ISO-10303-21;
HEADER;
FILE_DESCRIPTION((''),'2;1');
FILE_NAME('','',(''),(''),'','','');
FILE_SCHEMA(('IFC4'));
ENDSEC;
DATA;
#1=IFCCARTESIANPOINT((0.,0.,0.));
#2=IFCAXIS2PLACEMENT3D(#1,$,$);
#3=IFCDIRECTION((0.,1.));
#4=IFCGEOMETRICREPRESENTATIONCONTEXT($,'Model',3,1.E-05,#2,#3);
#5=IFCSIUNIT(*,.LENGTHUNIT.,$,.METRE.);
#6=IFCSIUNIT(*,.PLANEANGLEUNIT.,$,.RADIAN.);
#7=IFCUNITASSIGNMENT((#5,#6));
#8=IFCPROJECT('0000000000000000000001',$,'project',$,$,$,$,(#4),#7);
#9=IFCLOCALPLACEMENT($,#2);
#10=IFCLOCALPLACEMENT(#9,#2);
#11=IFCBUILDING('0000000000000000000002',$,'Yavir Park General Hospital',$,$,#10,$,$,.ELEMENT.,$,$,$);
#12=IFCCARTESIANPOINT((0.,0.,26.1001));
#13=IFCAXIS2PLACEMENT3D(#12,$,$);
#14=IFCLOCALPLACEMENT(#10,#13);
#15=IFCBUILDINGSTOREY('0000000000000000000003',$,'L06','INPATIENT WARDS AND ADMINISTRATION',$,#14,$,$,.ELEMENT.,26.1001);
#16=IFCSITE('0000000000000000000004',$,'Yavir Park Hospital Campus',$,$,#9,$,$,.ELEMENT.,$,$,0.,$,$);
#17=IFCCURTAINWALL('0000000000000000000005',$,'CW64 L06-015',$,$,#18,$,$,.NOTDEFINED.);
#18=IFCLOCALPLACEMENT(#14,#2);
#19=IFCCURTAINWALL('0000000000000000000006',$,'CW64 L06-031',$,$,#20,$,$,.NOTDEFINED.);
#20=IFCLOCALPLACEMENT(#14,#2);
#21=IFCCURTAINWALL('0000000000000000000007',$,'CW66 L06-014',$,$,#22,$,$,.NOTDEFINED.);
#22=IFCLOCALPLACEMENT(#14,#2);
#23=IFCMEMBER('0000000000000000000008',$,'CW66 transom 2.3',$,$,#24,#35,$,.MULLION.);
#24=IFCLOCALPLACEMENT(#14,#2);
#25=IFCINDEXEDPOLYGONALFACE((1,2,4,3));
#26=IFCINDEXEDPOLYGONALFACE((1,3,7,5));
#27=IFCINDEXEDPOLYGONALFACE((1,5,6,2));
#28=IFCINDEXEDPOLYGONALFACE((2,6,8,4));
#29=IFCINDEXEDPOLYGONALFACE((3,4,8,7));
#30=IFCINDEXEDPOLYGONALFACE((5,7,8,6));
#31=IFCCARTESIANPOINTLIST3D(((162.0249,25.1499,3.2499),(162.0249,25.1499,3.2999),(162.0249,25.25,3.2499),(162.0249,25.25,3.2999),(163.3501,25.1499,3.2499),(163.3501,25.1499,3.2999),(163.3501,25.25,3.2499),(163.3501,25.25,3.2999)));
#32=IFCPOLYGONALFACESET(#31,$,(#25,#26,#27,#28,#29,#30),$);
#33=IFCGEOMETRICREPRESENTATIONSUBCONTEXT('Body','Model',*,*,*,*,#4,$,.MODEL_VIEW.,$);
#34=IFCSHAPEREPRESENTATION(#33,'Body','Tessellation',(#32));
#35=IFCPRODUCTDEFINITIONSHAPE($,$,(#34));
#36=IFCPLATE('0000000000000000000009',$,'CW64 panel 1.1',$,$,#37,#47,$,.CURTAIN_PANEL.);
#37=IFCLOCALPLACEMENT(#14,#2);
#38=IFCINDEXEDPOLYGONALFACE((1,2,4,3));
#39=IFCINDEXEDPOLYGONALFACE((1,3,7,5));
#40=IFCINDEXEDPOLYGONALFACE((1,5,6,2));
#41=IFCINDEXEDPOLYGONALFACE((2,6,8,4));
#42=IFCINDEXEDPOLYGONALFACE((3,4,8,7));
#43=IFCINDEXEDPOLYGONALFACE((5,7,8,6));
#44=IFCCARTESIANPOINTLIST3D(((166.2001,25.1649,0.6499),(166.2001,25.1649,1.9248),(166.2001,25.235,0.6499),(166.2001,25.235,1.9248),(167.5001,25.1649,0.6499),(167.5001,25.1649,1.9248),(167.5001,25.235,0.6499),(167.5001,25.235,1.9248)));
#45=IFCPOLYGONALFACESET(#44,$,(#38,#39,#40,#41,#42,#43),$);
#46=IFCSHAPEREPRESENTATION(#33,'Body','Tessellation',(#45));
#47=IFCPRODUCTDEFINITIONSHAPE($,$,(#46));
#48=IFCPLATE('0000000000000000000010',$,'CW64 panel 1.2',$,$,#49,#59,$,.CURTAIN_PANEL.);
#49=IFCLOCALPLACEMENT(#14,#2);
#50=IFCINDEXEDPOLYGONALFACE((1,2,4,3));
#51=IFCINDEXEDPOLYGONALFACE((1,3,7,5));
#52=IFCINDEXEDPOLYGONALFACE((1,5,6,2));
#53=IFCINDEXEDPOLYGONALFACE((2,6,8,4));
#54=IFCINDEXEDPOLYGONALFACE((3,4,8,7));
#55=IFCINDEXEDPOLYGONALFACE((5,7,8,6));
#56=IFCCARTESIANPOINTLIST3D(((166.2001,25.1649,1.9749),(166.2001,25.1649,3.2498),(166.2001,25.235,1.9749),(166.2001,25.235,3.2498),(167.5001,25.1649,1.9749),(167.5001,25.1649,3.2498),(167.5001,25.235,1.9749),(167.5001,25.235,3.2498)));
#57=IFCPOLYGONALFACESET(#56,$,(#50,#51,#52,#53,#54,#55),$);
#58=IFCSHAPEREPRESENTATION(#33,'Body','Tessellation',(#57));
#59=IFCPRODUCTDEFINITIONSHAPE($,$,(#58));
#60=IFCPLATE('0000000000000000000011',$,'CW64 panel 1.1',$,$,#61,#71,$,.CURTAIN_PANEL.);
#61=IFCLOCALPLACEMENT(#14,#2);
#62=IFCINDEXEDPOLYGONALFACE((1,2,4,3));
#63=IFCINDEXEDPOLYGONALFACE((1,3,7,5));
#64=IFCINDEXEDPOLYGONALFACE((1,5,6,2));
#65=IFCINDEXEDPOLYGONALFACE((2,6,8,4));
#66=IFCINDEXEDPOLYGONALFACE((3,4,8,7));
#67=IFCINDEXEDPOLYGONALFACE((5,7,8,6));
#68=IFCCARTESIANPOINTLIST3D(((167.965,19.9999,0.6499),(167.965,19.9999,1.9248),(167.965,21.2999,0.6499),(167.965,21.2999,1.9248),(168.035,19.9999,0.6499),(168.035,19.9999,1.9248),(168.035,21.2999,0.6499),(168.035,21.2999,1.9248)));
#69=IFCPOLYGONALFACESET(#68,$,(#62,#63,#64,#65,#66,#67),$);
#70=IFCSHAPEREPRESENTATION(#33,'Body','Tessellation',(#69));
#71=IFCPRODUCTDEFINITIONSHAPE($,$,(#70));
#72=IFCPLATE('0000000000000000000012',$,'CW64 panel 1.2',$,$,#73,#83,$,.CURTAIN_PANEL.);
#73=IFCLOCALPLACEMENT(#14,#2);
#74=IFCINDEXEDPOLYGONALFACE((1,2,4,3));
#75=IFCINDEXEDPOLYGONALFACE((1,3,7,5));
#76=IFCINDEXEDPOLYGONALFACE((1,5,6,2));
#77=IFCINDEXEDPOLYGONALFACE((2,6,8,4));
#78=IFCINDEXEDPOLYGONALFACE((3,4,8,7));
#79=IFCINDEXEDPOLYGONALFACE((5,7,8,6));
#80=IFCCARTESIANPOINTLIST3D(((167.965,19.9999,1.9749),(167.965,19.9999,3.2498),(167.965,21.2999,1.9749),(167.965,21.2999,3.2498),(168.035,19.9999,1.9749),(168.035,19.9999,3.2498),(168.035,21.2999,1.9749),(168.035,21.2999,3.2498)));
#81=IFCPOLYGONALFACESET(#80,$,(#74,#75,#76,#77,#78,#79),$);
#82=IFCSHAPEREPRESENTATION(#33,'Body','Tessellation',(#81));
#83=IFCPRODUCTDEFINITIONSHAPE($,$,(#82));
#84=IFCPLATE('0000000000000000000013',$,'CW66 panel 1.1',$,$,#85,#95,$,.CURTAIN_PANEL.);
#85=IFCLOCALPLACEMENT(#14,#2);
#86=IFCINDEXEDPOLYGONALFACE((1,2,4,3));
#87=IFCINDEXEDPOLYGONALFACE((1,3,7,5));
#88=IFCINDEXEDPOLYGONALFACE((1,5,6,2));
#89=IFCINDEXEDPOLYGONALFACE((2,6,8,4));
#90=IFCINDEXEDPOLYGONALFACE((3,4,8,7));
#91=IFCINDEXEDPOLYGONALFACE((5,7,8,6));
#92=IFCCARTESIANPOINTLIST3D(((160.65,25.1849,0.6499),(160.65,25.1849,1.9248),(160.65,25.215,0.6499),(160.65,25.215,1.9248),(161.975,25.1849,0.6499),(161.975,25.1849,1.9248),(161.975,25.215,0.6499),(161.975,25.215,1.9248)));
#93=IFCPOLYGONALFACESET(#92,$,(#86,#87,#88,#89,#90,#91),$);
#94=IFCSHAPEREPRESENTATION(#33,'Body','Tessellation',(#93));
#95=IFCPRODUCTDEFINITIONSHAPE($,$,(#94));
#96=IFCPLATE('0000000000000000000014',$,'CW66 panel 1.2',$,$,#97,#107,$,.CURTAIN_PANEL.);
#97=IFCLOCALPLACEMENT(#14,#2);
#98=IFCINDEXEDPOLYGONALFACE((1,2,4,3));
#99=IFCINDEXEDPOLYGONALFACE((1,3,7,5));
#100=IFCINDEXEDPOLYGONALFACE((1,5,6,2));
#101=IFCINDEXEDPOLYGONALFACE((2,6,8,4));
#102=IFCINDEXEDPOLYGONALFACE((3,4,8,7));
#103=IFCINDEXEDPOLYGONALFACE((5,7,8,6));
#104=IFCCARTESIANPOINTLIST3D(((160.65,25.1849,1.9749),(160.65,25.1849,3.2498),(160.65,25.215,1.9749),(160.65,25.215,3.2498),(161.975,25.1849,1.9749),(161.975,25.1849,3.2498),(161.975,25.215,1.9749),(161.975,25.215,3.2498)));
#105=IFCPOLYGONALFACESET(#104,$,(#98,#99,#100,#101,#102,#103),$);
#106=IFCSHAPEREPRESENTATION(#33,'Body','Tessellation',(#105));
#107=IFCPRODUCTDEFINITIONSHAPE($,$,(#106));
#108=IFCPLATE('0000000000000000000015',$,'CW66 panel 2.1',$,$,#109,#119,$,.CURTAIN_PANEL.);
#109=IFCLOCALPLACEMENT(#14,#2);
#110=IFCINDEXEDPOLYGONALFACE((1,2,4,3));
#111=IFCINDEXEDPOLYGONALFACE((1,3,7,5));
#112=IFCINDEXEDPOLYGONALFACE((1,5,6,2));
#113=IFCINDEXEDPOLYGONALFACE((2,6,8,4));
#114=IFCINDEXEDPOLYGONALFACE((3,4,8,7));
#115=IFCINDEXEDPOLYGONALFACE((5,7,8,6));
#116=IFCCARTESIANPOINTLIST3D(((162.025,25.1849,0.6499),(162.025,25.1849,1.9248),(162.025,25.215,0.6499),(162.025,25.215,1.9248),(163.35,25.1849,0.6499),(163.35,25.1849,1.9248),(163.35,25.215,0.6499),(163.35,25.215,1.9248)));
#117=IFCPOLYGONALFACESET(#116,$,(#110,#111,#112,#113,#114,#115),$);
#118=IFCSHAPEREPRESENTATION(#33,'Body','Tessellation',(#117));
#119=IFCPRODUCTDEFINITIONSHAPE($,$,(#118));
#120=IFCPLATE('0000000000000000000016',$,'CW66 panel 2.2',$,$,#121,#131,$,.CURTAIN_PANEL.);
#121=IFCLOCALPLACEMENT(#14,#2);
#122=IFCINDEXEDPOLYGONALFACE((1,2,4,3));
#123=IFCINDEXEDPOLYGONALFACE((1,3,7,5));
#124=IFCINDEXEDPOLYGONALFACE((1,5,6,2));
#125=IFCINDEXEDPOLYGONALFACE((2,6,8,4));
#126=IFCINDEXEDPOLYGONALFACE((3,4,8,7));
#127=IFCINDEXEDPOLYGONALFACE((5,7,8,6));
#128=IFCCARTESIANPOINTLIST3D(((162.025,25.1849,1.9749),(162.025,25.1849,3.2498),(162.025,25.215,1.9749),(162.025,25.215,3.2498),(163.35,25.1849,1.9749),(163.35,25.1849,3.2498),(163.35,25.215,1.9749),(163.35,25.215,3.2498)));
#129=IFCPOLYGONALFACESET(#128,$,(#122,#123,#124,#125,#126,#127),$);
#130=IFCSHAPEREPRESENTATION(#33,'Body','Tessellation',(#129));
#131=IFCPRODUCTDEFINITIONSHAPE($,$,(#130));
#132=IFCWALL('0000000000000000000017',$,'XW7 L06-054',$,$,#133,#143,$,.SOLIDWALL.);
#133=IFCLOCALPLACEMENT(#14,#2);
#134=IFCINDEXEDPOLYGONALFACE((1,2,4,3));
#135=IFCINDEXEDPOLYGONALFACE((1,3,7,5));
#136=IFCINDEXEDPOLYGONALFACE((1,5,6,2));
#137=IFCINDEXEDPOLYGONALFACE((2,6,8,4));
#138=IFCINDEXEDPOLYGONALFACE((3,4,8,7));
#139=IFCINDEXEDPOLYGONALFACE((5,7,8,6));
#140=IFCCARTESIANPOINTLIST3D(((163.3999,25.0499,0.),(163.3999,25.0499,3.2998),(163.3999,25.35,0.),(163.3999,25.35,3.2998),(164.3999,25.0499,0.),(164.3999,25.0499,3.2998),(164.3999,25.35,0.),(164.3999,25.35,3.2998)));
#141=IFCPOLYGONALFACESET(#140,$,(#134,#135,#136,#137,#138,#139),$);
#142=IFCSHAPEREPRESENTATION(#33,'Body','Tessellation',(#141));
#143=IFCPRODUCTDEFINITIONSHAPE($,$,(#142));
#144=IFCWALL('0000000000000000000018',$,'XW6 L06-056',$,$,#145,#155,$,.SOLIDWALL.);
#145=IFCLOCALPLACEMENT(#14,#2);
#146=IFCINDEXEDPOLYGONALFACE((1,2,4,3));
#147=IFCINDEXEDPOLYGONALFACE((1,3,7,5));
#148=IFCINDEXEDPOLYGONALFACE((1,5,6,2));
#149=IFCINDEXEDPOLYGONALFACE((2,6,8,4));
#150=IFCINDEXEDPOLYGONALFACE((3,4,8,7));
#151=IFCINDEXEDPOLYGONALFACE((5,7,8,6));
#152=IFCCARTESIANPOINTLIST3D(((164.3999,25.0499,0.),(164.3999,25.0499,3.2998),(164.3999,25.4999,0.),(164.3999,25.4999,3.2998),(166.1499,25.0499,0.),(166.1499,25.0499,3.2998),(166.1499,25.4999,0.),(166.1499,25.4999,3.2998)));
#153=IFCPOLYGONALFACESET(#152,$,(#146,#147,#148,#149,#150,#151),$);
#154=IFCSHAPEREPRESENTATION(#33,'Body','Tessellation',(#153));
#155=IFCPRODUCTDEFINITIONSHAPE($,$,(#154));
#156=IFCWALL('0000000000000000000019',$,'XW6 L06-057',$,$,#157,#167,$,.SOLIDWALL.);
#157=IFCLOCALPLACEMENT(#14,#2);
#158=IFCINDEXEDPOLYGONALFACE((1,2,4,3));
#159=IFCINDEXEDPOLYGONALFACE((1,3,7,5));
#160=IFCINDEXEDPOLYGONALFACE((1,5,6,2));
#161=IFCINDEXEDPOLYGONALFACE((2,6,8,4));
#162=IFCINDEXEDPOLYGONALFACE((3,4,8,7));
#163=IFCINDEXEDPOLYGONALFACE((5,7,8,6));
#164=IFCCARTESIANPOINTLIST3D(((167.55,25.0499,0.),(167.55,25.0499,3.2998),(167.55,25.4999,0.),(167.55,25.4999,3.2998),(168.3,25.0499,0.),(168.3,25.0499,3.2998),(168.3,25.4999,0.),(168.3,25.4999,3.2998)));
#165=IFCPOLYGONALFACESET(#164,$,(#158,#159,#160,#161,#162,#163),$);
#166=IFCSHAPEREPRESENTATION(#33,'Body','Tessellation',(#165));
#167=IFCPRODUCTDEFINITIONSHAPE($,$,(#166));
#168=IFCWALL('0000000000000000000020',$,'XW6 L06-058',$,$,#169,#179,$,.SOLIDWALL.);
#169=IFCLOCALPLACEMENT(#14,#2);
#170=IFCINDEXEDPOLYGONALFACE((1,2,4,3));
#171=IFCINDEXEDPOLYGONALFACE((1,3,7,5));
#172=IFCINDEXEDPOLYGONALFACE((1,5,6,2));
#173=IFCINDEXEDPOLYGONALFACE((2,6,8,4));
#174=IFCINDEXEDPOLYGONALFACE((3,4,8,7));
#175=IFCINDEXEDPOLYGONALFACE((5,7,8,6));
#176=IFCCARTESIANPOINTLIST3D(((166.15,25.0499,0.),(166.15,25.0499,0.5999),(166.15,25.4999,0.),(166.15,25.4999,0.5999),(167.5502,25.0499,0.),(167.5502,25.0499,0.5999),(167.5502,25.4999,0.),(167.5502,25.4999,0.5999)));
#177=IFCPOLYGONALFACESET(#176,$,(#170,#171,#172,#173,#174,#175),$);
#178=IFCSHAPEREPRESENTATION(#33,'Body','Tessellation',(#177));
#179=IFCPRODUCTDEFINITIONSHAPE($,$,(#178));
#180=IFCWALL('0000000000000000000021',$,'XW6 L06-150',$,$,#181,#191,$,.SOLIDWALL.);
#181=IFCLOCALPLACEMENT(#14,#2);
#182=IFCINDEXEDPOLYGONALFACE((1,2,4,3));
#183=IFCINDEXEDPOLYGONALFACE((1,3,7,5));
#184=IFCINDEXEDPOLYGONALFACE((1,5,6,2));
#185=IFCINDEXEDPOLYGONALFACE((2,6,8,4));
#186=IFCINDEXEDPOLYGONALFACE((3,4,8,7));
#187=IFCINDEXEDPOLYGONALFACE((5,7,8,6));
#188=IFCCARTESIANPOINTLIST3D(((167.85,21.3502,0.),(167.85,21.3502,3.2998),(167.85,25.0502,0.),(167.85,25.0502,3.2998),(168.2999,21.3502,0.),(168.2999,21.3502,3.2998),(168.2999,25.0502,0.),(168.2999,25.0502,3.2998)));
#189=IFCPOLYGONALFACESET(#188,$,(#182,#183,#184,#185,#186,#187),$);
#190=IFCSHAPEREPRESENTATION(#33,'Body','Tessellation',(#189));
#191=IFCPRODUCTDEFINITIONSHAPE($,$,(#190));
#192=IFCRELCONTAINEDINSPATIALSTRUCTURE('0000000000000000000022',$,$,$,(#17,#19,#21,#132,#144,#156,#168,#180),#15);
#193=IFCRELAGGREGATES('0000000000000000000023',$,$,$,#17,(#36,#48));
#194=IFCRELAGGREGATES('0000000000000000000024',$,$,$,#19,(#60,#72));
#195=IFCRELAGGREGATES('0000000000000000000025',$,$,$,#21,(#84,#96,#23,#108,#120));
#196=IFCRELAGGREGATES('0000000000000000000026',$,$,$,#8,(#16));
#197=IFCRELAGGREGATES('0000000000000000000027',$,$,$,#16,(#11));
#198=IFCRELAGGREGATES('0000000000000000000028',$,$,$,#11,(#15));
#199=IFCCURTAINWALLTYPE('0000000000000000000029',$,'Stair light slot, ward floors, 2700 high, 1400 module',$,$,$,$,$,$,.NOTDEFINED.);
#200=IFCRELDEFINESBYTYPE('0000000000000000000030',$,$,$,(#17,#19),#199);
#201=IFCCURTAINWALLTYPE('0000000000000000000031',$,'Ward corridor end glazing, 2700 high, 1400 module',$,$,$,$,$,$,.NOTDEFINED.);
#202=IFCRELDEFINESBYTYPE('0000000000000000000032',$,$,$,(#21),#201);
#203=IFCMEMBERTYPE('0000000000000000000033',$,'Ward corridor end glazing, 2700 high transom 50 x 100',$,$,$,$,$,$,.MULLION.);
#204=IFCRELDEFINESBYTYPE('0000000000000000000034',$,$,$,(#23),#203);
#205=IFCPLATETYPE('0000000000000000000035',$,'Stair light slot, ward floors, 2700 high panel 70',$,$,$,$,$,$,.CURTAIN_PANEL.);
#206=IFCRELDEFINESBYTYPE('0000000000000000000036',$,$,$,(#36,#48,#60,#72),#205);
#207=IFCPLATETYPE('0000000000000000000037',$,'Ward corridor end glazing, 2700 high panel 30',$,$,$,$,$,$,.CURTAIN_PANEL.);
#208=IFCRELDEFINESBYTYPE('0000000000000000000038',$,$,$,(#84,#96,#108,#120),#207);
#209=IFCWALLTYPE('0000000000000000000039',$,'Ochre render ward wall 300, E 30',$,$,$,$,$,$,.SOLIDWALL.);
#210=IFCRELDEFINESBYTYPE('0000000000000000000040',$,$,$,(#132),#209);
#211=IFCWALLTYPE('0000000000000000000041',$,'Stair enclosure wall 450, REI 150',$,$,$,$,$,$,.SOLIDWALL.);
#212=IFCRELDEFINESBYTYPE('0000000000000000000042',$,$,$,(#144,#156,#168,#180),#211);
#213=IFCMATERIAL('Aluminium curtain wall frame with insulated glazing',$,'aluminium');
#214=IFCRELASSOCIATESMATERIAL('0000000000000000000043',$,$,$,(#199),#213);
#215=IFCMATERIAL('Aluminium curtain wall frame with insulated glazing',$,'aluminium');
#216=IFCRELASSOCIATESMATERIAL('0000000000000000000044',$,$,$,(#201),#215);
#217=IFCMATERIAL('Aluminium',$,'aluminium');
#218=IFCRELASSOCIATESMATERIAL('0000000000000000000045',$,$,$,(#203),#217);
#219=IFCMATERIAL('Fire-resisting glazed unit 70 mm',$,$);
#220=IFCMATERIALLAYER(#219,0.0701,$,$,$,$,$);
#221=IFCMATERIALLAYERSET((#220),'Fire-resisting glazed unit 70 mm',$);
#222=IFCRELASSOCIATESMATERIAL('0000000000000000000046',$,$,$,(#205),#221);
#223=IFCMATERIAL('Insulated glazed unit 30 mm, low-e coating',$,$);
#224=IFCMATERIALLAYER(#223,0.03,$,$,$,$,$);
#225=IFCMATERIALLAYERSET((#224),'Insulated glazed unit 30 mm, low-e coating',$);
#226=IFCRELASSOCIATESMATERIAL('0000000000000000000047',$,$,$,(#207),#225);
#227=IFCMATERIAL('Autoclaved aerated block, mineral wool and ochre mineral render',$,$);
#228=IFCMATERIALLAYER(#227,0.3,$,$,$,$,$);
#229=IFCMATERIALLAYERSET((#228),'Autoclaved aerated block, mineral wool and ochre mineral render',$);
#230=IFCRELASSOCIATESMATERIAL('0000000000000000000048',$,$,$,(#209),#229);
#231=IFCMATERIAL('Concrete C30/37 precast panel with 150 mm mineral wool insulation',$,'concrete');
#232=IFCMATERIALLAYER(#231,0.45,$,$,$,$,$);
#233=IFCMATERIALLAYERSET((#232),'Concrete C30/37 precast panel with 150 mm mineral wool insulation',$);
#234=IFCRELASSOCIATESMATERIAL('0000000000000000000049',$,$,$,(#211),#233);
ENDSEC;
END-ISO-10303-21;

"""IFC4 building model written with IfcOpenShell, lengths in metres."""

from ifc_helpers import new_model, si_unit, direction, frame, frame_2d, origin, origin_2d, place, context, subcontext, project, spatial, rectangle, extrude, material, layer, layer_set, material_profile, profile_set, type_object, element, aggregate, save


model = new_model("IFC4")

# Units and contexts
model_context = context("Model", 3, precision=1e-05, world=origin(), true_north=direction((0.0, 1.0)))
body_context = subcontext(model_context, "Body", "Model", "MODEL_VIEW")
ifc_project = project(units=[si_unit("LENGTHUNIT", "METRE"), si_unit("PLANEANGLEUNIT", "RADIAN")], contexts=[model_context])

# Site, building, storey
site_placement = place(None, origin())
site = spatial("IfcSite", under=ifc_project, at=site_placement, Name="Yavir Park Hospital Campus", CompositionType="ELEMENT", RefElevation=0.0)
building_placement = place(site_placement, origin())
building = spatial("IfcBuilding", under=site, at=building_placement, Name="Yavir Park General Hospital", CompositionType="ELEMENT")
storey_placement = place(building_placement, frame((0.0, 0.0, 26.1001)))
storey = spatial("IfcBuildingStorey", under=building, at=storey_placement, Name="L06", Description="INPATIENT WARDS AND ADMINISTRATION", CompositionType="ELEMENT", Elevation=26.1001)

# Curtain walls
ifc_material_1 = material(Name="Aluminium curtain wall frame with insulated glazing", Category="aluminium")
curtain_wall_type_1 = type_object("IfcCurtainWallType", Name="Stair light slot, ward floors, 2700 high, 1400 module", PredefinedType="NOTDEFINED", material=ifc_material_1)
curtain_wall_1_placement = place(storey_placement, origin())
curtain_wall_1 = element("IfcCurtainWall", 1, at=curtain_wall_1_placement, inside=storey, type_object=curtain_wall_type_1, Name="CW64 L06-015", PredefinedType="NOTDEFINED")
curtain_wall_2_placement = place(storey_placement, origin())
curtain_wall_2 = element("IfcCurtainWall", 2, at=curtain_wall_2_placement, inside=storey, type_object=curtain_wall_type_1, Name="CW64 L06-031", PredefinedType="NOTDEFINED")

# Curtain wall, member
ifc_material_2 = material(Name="Aluminium curtain wall frame with insulated glazing", Category="aluminium")
curtain_wall_type_2 = type_object("IfcCurtainWallType", Name="Ward corridor end glazing, 2700 high, 1400 module", PredefinedType="NOTDEFINED", material=ifc_material_2)
curtain_wall_3_placement = place(storey_placement, origin())
curtain_wall_3 = element("IfcCurtainWall", 3, at=curtain_wall_3_placement, inside=storey, type_object=curtain_wall_type_2, Name="CW66 L06-014", PredefinedType="NOTDEFINED")
ifc_material_3 = material(Name="Aluminium", Category="aluminium")
ifc_material_profile_1 = material_profile(ifc_material_3, rectangle(XDim=0.1001, YDim=0.05, at=origin_2d()), Name="AL 100x50")
ifc_profile_set_1 = profile_set([ifc_material_profile_1], Name="Aluminium")
member_type_1 = type_object("IfcMemberType", Name="Ward corridor end glazing, 2700 high transom 50 x 100", PredefinedType="MULLION", material=ifc_profile_set_1)
member_1_placement = place(storey_placement, frame((162.0249, 25.2, 3.2749), z_axis=(1.0, 0.0, 0.0), x_axis=(0.0, 1.0, 0.0)))
member_1 = element("IfcMember", 4, at=member_1_placement, type_object=member_type_1, Name="CW66 transom 2.3", PredefinedType="MULLION", context=body_context, shape_type="SweptSolid", body=[
    extrude(rectangle(XDim=0.1001, YDim=0.05, at=origin_2d()), origin(), (0.0, 0.0, 1.0), 1.3252),
])

# Plates
ifc_material_4 = material(Name="Fire-resisting glazed unit 70 mm")
ifc_layer_1 = layer(ifc_material_4, 0.0701)
ifc_layer_set_1 = layer_set([ifc_layer_1], Name="Fire-resisting glazed unit 70 mm")
plate_type_1 = type_object("IfcPlateType", Name="Stair light slot, ward floors, 2700 high panel 70", PredefinedType="CURTAIN_PANEL", material=ifc_layer_set_1)
plate_1_placement = place(storey_placement, frame((166.8501, 25.2, 0.6499), z_axis=(0.0, 0.0, 1.0), x_axis=(1.0, 0.0, 0.0)))
plate_1 = element("IfcPlate", 5, at=plate_1_placement, type_object=plate_type_1, Name="CW64 panel 1.1", PredefinedType="CURTAIN_PANEL", context=body_context, shape_type="SweptSolid", body=[
    extrude(rectangle(XDim=1.3, YDim=0.0701, at=origin_2d()), origin(), (0.0, 0.0, 1.0), 1.2749),
])
plate_2_placement = place(storey_placement, frame((166.8501, 25.2, 1.9749), z_axis=(0.0, 0.0, 1.0), x_axis=(1.0, 0.0, 0.0)))
plate_2 = element("IfcPlate", 6, at=plate_2_placement, type_object=plate_type_1, Name="CW64 panel 1.2", PredefinedType="CURTAIN_PANEL", context=body_context, shape_type="SweptSolid", body=[
    extrude(rectangle(XDim=1.3, YDim=0.0701, at=origin_2d()), origin(), (0.0, 0.0, 1.0), 1.2749),
])
aggregate(curtain_wall_1, [plate_1, plate_2])
plate_3_placement = place(storey_placement, frame((168.0, 20.6499, 0.6499), z_axis=(0.0, 0.0, 1.0), x_axis=(0.0, 1.0, 0.0)))
plate_3 = element("IfcPlate", 7, at=plate_3_placement, type_object=plate_type_1, Name="CW64 panel 1.1", PredefinedType="CURTAIN_PANEL", context=body_context, shape_type="SweptSolid", body=[
    extrude(rectangle(XDim=1.3, YDim=0.0701, at=origin_2d()), origin(), (0.0, 0.0, 1.0), 1.2749),
])
plate_4_placement = place(storey_placement, frame((168.0, 20.6499, 1.9749), z_axis=(0.0, 0.0, 1.0), x_axis=(0.0, 1.0, 0.0)))
plate_4 = element("IfcPlate", 8, at=plate_4_placement, type_object=plate_type_1, Name="CW64 panel 1.2", PredefinedType="CURTAIN_PANEL", context=body_context, shape_type="SweptSolid", body=[
    extrude(rectangle(XDim=1.3, YDim=0.0701, at=origin_2d()), origin(), (0.0, 0.0, 1.0), 1.2749),
])
aggregate(curtain_wall_2, [plate_3, plate_4])
ifc_material_5 = material(Name="Insulated glazed unit 30 mm, low-e coating")
ifc_layer_2 = layer(ifc_material_5, 0.03)
ifc_layer_set_2 = layer_set([ifc_layer_2], Name="Insulated glazed unit 30 mm, low-e coating")
plate_type_2 = type_object("IfcPlateType", Name="Ward corridor end glazing, 2700 high panel 30", PredefinedType="CURTAIN_PANEL", material=ifc_layer_set_2)
plate_5_placement = place(storey_placement, frame((161.3125, 25.2, 0.6499), z_axis=(0.0, 0.0, 1.0), x_axis=(1.0, 0.0, 0.0)))
plate_5 = element("IfcPlate", 9, at=plate_5_placement, type_object=plate_type_2, Name="CW66 panel 1.1", PredefinedType="CURTAIN_PANEL", context=body_context, shape_type="SweptSolid", body=[
    extrude(rectangle(XDim=1.325, YDim=0.03, at=origin_2d()), origin(), (0.0, 0.0, 1.0), 1.2749),
])
plate_6_placement = place(storey_placement, frame((161.3125, 25.2, 1.9749), z_axis=(0.0, 0.0, 1.0), x_axis=(1.0, 0.0, 0.0)))
plate_6 = element("IfcPlate", 10, at=plate_6_placement, type_object=plate_type_2, Name="CW66 panel 1.2", PredefinedType="CURTAIN_PANEL", context=body_context, shape_type="SweptSolid", body=[
    extrude(rectangle(XDim=1.325, YDim=0.03, at=origin_2d()), origin(), (0.0, 0.0, 1.0), 1.2749),
])
plate_7_placement = place(storey_placement, frame((162.6875, 25.2, 0.6499), z_axis=(0.0, 0.0, 1.0), x_axis=(1.0, 0.0, 0.0)))
plate_7 = element("IfcPlate", 11, at=plate_7_placement, type_object=plate_type_2, Name="CW66 panel 2.1", PredefinedType="CURTAIN_PANEL", context=body_context, shape_type="SweptSolid", body=[
    extrude(rectangle(XDim=1.325, YDim=0.03, at=origin_2d()), origin(), (0.0, 0.0, 1.0), 1.2749),
])
plate_8_placement = place(storey_placement, frame((162.6875, 25.2, 1.9749), z_axis=(0.0, 0.0, 1.0), x_axis=(1.0, 0.0, 0.0)))
plate_8 = element("IfcPlate", 12, at=plate_8_placement, type_object=plate_type_2, Name="CW66 panel 2.2", PredefinedType="CURTAIN_PANEL", context=body_context, shape_type="SweptSolid", body=[
    extrude(rectangle(XDim=1.325, YDim=0.03, at=origin_2d()), origin(), (0.0, 0.0, 1.0), 1.2749),
])
aggregate(curtain_wall_3, [plate_5, plate_6, member_1, plate_7, plate_8])

# Walls
ifc_material_6 = material(Name="Autoclaved aerated block, mineral wool and ochre mineral render")
ifc_layer_3 = layer(ifc_material_6, 0.3)
ifc_layer_set_3 = layer_set([ifc_layer_3], Name="Autoclaved aerated block, mineral wool and ochre mineral render")
wall_type_1 = type_object("IfcWallType", Name="Ochre render ward wall 300, E 30", PredefinedType="SOLIDWALL", material=ifc_layer_set_3)
wall_1_placement = place(storey_placement, frame((163.3999, 25.2, 0.0), z_axis=(0.0, 0.0, 1.0), x_axis=(1.0, 0.0, 0.0)))
element("IfcWall", 13, at=wall_1_placement, inside=storey, type_object=wall_type_1, Name="XW7 L06-054", PredefinedType="SOLIDWALL", context=body_context, shape_type="SweptSolid", body=[
    extrude(rectangle(XDim=1.0, YDim=0.3, at=frame_2d((0.5, 0.0))), origin(), (0.0, 0.0, 1.0), 3.2998),
])
ifc_material_7 = material(Name="Concrete C30/37 precast panel with 150 mm mineral wool insulation", Category="concrete")
ifc_layer_4 = layer(ifc_material_7, 0.45)
ifc_layer_set_4 = layer_set([ifc_layer_4], Name="Concrete C30/37 precast panel with 150 mm mineral wool insulation")
wall_type_2 = type_object("IfcWallType", Name="Stair enclosure wall 450, REI 150", PredefinedType="SOLIDWALL", material=ifc_layer_set_4)
wall_2_placement = place(storey_placement, frame((164.3999, 25.2749, 0.0), z_axis=(0.0, 0.0, 1.0), x_axis=(1.0, 0.0, 0.0)))
element("IfcWall", 14, at=wall_2_placement, inside=storey, type_object=wall_type_2, Name="XW6 L06-056", PredefinedType="SOLIDWALL", context=body_context, shape_type="SweptSolid", body=[
    extrude(rectangle(XDim=1.75, YDim=0.45, at=frame_2d((0.875, 0.0))), origin(), (0.0, 0.0, 1.0), 3.2998),
])
wall_3_placement = place(storey_placement, frame((167.55, 25.2749, 0.0), z_axis=(0.0, 0.0, 1.0), x_axis=(1.0, 0.0, 0.0)))
element("IfcWall", 15, at=wall_3_placement, inside=storey, type_object=wall_type_2, Name="XW6 L06-057", PredefinedType="SOLIDWALL", context=body_context, shape_type="SweptSolid", body=[
    extrude(rectangle(XDim=0.75, YDim=0.45, at=frame_2d((0.375, 0.0))), origin(), (0.0, 0.0, 1.0), 3.2998),
])
wall_4_placement = place(storey_placement, frame((166.1499, 25.2749, 0.0), z_axis=(0.0, 0.0, 1.0), x_axis=(1.0, 0.0, 0.0)))
element("IfcWall", 16, at=wall_4_placement, inside=storey, type_object=wall_type_2, Name="XW6 L06-058", PredefinedType="SOLIDWALL", context=body_context, shape_type="SweptSolid", body=[
    extrude(rectangle(XDim=1.4001, YDim=0.45, at=frame_2d((0.7002, 0.0))), origin(), (0.0, 0.0, 1.0), 0.5999),
])
wall_5_placement = place(storey_placement, frame((168.075, 21.3501, 0.0), z_axis=(0.0, 0.0, 1.0), x_axis=(0.0, 1.0, 0.0)))
element("IfcWall", 17, at=wall_5_placement, inside=storey, type_object=wall_type_2, Name="XW6 L06-150", PredefinedType="SOLIDWALL", context=body_context, shape_type="SweptSolid", body=[
    extrude(rectangle(XDim=3.7, YDim=0.45, at=frame_2d((1.8501, 0.0))), origin(), (0.0, 0.0, 1.0), 3.2998),
])

save(model, "model.ifc")
